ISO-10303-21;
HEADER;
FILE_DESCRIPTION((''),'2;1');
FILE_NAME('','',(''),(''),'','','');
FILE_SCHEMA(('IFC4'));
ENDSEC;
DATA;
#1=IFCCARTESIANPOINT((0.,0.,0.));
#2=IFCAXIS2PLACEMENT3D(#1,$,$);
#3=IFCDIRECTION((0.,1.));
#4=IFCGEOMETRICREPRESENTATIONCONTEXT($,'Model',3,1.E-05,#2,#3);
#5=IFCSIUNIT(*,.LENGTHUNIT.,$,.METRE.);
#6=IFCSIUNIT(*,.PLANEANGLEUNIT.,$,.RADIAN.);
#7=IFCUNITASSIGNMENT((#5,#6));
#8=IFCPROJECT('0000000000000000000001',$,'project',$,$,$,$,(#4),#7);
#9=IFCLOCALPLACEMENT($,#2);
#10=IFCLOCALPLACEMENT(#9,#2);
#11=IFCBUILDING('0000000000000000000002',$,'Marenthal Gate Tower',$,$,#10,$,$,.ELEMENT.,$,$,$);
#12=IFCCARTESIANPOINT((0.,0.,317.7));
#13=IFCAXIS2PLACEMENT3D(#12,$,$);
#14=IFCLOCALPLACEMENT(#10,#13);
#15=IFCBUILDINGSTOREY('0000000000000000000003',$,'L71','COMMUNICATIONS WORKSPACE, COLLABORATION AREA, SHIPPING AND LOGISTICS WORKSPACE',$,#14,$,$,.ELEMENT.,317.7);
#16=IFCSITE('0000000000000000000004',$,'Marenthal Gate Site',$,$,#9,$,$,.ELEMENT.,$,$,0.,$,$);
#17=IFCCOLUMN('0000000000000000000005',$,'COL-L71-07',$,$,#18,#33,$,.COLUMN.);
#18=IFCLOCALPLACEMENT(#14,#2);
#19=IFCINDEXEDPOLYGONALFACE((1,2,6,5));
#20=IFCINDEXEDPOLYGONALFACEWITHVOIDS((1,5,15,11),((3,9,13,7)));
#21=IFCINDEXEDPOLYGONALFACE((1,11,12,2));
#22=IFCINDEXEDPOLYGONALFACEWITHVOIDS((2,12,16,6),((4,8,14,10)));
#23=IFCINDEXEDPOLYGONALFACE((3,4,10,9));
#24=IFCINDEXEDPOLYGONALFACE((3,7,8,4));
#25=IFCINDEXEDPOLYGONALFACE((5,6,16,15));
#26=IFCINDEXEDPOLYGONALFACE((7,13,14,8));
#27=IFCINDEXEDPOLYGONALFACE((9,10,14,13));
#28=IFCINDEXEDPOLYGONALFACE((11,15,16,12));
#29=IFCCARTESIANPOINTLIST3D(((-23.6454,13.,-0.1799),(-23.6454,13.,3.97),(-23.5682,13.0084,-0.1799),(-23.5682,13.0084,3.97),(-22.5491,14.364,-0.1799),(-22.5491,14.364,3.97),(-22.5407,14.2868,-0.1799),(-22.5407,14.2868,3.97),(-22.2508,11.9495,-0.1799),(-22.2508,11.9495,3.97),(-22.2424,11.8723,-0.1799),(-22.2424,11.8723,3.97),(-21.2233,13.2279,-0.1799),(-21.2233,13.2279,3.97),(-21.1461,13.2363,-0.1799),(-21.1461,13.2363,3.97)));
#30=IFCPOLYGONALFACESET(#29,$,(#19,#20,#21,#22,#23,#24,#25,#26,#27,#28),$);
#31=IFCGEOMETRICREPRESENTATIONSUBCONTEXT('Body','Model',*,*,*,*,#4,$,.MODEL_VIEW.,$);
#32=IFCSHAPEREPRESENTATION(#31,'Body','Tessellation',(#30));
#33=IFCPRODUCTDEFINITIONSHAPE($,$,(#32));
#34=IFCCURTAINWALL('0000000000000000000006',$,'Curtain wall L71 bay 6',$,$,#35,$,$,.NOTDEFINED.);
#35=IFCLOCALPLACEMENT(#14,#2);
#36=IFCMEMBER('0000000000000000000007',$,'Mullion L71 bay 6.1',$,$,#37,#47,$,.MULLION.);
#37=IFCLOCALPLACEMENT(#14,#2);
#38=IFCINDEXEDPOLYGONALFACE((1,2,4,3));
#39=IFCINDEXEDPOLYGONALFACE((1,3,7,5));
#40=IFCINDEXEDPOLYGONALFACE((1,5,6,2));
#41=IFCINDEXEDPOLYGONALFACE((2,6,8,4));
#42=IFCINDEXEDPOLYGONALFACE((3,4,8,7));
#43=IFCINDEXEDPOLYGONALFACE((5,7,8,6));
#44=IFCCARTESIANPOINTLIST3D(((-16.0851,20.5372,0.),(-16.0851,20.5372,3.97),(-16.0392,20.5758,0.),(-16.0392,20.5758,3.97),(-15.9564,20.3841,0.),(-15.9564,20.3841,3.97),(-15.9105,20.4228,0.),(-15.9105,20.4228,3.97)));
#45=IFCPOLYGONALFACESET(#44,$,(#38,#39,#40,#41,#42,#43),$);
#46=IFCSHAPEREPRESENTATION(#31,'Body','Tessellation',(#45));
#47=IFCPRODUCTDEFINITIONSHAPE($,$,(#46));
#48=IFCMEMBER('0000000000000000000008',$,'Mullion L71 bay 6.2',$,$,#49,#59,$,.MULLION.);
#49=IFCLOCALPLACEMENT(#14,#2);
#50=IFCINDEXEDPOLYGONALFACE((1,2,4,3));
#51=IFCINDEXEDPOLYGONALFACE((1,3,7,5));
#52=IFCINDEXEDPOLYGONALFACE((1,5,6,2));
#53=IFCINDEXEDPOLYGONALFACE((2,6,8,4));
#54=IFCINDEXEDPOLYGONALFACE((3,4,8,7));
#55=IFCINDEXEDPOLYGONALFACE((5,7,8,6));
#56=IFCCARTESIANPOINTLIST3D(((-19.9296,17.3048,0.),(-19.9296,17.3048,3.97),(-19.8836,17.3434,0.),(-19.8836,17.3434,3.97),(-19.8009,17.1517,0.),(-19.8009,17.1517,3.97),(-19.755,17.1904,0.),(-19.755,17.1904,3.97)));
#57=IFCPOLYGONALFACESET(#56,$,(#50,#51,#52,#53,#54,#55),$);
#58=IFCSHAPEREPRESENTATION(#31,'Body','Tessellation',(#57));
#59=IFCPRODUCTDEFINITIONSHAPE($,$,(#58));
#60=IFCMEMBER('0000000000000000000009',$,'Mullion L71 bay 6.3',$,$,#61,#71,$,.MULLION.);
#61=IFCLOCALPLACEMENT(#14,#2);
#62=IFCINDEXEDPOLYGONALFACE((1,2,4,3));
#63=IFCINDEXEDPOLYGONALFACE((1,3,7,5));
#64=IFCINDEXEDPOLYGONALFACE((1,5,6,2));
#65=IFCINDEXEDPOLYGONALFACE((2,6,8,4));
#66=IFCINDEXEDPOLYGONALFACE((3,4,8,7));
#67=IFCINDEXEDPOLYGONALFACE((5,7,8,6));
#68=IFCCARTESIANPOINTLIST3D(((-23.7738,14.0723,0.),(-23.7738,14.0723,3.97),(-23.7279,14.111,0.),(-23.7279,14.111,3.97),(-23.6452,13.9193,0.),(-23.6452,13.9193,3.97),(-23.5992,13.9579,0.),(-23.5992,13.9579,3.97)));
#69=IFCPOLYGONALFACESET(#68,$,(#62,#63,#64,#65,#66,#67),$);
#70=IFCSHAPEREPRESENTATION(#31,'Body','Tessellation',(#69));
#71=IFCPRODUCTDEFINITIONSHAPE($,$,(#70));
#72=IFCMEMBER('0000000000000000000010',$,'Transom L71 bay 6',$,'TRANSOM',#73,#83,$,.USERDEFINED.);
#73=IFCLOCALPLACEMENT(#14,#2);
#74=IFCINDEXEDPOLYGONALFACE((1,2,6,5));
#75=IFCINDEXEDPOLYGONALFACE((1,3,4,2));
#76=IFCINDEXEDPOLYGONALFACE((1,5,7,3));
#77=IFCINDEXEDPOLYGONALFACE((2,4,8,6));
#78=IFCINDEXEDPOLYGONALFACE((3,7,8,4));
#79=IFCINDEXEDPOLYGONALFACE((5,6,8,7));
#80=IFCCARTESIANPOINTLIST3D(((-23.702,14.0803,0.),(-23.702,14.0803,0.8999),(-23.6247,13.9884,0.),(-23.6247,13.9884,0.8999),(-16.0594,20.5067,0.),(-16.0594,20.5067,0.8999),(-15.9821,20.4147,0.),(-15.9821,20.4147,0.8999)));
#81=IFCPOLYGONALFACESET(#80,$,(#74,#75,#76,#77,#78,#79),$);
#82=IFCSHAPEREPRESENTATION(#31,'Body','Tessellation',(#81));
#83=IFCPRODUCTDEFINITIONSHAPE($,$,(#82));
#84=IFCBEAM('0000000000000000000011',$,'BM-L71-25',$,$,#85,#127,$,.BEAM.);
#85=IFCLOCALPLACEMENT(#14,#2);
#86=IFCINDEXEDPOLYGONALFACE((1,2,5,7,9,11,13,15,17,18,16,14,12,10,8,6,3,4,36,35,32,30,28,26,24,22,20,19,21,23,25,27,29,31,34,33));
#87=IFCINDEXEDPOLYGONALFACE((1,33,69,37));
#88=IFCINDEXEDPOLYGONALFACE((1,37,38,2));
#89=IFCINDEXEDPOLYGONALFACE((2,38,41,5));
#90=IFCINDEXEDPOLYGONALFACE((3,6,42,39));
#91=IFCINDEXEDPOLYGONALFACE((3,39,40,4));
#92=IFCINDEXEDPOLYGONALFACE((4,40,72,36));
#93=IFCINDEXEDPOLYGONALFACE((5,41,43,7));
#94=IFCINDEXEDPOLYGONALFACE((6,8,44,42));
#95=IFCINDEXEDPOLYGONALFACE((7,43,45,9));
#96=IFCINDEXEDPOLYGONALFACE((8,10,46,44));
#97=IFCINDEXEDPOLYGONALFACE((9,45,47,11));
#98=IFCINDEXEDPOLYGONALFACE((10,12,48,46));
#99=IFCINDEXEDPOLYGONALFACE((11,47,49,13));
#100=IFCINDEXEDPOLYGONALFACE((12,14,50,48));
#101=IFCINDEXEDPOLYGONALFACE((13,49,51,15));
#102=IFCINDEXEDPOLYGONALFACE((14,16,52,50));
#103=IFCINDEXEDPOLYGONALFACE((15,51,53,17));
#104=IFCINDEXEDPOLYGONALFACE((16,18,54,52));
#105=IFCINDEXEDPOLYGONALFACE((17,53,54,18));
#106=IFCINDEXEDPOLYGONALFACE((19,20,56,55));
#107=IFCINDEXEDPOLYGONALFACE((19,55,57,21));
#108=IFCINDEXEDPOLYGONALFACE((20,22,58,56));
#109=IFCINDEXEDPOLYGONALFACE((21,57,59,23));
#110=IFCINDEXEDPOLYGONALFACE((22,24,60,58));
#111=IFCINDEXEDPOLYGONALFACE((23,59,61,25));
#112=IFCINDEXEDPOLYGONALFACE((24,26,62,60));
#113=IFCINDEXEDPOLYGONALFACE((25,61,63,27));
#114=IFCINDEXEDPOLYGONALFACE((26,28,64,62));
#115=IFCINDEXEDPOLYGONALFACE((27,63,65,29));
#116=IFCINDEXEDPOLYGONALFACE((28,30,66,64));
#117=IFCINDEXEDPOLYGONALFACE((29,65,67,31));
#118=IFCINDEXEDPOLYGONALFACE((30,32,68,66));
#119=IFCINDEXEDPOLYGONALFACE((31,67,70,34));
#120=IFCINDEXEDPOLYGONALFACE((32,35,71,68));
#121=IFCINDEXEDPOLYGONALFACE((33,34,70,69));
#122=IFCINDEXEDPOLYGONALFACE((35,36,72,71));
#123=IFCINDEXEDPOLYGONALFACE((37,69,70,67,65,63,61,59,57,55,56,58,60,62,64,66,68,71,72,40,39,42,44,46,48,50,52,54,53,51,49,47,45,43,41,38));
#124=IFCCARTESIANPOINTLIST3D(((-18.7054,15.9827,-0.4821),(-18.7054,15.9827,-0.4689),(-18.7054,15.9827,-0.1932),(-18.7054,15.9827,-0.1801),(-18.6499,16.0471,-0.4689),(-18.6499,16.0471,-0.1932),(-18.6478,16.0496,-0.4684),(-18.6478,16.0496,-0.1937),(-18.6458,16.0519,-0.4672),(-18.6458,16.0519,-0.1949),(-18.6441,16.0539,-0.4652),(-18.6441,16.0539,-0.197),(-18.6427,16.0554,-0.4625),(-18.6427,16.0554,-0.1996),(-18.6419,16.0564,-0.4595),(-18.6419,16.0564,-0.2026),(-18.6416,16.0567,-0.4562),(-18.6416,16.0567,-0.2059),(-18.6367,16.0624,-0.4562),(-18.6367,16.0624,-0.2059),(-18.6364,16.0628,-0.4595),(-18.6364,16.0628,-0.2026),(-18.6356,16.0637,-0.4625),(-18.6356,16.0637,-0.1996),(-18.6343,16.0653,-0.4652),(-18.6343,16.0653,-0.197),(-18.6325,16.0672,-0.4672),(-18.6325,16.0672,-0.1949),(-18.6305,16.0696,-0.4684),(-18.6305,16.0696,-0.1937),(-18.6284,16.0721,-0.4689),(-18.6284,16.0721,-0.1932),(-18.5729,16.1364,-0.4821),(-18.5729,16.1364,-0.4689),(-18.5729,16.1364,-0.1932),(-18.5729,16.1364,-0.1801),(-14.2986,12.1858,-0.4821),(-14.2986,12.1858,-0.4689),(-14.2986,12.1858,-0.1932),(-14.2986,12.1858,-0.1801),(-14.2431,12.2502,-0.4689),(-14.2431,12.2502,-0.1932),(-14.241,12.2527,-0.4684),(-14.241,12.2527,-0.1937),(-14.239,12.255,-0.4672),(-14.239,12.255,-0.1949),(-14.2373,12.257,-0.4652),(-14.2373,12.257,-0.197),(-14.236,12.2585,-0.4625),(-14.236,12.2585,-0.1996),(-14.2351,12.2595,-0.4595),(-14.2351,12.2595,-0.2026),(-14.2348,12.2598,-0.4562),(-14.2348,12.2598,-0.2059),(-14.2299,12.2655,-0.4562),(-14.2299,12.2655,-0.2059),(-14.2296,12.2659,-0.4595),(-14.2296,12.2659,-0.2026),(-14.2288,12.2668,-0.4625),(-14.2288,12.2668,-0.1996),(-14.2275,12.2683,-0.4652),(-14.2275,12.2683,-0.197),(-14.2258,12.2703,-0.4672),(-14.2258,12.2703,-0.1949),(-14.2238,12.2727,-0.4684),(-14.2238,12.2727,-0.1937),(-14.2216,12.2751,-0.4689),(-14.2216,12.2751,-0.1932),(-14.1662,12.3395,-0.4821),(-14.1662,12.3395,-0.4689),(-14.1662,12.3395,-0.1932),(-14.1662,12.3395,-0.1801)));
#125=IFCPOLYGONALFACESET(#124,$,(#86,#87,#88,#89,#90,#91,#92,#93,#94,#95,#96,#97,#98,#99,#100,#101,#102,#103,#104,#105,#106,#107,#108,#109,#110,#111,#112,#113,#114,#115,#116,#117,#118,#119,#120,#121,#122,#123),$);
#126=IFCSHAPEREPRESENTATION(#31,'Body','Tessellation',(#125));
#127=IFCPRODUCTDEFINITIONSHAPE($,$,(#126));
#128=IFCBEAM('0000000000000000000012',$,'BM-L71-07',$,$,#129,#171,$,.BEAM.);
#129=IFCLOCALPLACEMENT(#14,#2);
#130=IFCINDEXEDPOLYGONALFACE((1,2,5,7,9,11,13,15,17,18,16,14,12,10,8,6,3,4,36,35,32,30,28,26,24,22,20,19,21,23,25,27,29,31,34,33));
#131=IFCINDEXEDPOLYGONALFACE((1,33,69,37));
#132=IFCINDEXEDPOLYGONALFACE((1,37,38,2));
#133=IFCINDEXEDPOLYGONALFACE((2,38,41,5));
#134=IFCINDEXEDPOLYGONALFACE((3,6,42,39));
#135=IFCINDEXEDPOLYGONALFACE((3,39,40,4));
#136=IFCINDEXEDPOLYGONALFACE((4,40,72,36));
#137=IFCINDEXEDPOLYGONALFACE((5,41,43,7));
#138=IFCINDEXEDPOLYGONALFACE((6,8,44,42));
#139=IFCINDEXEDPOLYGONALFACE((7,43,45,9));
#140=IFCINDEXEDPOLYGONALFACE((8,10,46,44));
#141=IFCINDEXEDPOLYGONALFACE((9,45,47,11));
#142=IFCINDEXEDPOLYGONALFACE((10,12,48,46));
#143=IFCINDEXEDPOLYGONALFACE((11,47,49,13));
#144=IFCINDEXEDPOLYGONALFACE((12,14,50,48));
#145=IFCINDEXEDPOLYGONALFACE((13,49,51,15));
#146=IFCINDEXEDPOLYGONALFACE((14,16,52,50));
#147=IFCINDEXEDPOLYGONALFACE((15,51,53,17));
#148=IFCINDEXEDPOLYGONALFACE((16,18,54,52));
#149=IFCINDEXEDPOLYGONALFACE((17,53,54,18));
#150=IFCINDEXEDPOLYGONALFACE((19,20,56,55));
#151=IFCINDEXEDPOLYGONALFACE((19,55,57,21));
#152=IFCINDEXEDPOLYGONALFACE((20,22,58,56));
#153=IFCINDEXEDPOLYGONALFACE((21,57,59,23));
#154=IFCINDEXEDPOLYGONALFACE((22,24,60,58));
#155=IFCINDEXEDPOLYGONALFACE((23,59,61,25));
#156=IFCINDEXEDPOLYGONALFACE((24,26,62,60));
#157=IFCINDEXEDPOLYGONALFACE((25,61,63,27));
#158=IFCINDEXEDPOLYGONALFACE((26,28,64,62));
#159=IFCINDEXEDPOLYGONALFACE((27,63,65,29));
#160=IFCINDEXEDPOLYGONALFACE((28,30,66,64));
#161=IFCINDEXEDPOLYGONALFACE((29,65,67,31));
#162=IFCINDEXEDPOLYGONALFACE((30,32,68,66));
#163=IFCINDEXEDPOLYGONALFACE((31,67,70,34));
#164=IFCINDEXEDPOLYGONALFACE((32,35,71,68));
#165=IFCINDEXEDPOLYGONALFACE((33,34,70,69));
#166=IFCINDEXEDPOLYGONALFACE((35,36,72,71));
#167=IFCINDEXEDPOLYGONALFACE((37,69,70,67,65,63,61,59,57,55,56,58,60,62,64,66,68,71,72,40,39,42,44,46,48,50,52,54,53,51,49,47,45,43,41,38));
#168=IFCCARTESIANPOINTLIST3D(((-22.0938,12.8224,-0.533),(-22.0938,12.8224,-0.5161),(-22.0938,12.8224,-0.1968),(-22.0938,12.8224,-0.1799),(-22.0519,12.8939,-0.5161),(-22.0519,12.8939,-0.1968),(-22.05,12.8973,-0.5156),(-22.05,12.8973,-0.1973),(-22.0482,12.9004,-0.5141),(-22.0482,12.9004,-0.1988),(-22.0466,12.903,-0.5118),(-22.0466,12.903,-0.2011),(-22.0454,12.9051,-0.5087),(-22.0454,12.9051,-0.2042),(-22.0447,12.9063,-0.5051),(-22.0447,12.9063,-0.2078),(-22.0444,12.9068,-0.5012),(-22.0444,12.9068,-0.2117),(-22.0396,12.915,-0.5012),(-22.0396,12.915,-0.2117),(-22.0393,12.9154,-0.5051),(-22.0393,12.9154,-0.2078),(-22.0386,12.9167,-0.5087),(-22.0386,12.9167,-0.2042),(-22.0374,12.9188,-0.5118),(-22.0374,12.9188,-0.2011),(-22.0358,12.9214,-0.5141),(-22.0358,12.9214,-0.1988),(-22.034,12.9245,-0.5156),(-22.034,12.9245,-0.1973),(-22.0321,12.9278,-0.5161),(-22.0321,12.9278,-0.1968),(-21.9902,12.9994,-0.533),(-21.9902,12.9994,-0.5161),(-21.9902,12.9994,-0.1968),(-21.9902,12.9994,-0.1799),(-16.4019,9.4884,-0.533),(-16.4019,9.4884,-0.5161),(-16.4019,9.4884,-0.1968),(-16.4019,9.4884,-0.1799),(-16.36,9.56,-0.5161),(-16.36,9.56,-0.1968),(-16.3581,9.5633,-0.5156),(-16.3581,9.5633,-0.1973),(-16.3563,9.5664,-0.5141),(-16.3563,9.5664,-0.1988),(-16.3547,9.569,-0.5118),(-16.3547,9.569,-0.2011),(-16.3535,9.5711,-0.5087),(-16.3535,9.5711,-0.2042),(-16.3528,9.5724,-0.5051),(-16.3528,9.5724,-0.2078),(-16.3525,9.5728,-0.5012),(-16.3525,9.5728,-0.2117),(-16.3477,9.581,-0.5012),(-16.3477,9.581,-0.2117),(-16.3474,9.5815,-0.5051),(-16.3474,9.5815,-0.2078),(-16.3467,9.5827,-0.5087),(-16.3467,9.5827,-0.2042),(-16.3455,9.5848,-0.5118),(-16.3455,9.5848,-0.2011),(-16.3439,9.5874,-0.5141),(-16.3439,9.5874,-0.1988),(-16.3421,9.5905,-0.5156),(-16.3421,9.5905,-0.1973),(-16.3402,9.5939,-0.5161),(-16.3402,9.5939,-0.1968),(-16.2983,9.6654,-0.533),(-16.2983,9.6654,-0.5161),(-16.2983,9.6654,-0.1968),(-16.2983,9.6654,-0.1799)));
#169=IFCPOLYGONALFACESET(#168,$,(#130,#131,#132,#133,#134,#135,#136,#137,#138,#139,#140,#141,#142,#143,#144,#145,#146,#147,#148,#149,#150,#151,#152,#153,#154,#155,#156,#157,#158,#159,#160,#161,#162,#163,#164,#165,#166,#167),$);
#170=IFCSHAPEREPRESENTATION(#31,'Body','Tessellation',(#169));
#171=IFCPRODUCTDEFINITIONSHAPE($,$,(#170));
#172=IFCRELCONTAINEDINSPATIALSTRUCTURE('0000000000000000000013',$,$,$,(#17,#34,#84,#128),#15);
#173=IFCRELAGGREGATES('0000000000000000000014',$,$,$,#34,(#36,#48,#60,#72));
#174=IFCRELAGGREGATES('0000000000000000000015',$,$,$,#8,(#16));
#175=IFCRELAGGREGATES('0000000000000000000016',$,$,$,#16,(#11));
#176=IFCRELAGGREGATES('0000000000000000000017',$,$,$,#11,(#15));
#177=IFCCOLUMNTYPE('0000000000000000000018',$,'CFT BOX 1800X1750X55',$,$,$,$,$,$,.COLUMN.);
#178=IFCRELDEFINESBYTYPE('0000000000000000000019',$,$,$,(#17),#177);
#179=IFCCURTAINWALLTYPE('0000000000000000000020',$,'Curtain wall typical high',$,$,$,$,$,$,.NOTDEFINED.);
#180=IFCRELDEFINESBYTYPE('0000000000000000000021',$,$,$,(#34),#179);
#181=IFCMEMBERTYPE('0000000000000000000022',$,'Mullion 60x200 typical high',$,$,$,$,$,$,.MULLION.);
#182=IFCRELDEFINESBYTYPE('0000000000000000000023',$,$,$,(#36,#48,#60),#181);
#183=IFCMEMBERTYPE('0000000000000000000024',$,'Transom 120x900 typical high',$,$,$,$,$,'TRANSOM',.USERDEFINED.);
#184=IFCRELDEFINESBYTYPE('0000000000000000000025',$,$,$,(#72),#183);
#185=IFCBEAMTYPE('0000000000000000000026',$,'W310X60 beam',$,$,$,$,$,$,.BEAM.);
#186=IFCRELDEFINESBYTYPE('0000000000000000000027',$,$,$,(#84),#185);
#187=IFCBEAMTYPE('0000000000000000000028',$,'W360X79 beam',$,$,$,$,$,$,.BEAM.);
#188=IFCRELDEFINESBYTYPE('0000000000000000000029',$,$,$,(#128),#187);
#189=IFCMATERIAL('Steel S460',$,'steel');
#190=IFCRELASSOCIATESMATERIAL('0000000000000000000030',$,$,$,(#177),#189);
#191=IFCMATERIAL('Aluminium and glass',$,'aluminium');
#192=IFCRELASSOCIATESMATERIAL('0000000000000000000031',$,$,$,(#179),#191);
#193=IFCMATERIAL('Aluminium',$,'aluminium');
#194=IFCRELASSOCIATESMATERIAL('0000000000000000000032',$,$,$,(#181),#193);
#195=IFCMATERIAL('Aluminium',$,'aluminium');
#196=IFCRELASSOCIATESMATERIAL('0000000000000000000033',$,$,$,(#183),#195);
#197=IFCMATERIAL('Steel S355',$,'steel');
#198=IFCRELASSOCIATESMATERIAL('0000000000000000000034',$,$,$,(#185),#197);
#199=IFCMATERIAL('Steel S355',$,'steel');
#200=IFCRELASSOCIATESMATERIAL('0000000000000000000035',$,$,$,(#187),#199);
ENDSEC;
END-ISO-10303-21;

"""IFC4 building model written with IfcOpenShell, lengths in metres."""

from ifc_helpers import new_model, si_unit, direction, frame, origin, origin_2d, place, context, subcontext, project, spatial, rectangle, hollow_rectangle, i_section, extrude, material, material_profile, profile_set, type_object, element, aggregate, save


model = new_model("IFC4")

# Units and contexts
model_context = context("Model", 3, precision=1e-05, world=origin(), true_north=direction((0.0, 1.0)))
body_context = subcontext(model_context, "Body", "Model", "MODEL_VIEW")
ifc_project = project(units=[si_unit("LENGTHUNIT", "METRE"), si_unit("PLANEANGLEUNIT", "RADIAN")], contexts=[model_context])

# Site, building, storey
site_placement = place(None, origin())
site = spatial("IfcSite", under=ifc_project, at=site_placement, Name="Marenthal Gate Site", CompositionType="ELEMENT", RefElevation=0.0)
building_placement = place(site_placement, origin())
building = spatial("IfcBuilding", under=site, at=building_placement, Name="Marenthal Gate Tower", CompositionType="ELEMENT")
storey_placement = place(building_placement, frame((0.0, 0.0, 317.7)))
storey = spatial("IfcBuildingStorey", under=building, at=storey_placement, Name="L71", Description="COMMUNICATIONS WORKSPACE, COLLABORATION AREA, SHIPPING AND LOGISTICS WORKSPACE", CompositionType="ELEMENT", Elevation=317.7)

# Column
ifc_material_1 = material(Name="Steel S460", Category="steel")
ifc_material_profile_1 = material_profile(ifc_material_1, hollow_rectangle(XDim=1.75, YDim=1.8, WallThickness=0.0549, at=origin_2d()), Name="CFT BOX 1800X1750X55")
ifc_material_2 = material(Name="Concrete 70 MPa", Category="concrete")
ifc_material_profile_2 = material_profile(ifc_material_2, rectangle(XDim=1.6399, YDim=1.6899, at=origin_2d()), Name="CFT BOX 1800X1750X55 INFILL")
ifc_profile_set_1 = profile_set([ifc_material_profile_1, ifc_material_profile_2], Name="Steel S460 shell, Concrete 70 MPa infill")
column_type = type_object("IfcColumnType", Name="CFT BOX 1800X1750X55", PredefinedType="COLUMN", material=ifc_profile_set_1)
column_placement = place(storey_placement, frame((-22.3958, 13.1182, -0.1799), z_axis=(0.0, 0.0, 1.0), x_axis=(0.626475, 0.779442, 0.0)))
element("IfcColumn", 1, at=column_placement, inside=storey, type_object=column_type, Name="COL-L71-07", PredefinedType="COLUMN", context=body_context, shape_type="SweptSolid", body=[
    extrude(hollow_rectangle(XDim=1.75, YDim=1.8, WallThickness=0.0549, at=origin_2d()), origin(), (0.0, 0.0, 1.0), 4.1499),
])

# Curtain wall, members
ifc_material_3 = material(Name="Aluminium and glass", Category="aluminium")
curtain_wall_type = type_object("IfcCurtainWallType", Name="Curtain wall typical high", PredefinedType="NOTDEFINED", material=ifc_material_3)
curtain_wall_placement = place(storey_placement, origin())
curtain_wall = element("IfcCurtainWall", 2, at=curtain_wall_placement, inside=storey, type_object=curtain_wall_type, Name="Curtain wall L71 bay 6", PredefinedType="NOTDEFINED")
ifc_material_4 = material(Name="Aluminium", Category="aluminium")
ifc_material_profile_3 = material_profile(ifc_material_4, rectangle(XDim=0.2, YDim=0.0601, at=origin_2d()), Name="60x200 aluminium mullion")
ifc_profile_set_2 = profile_set([ifc_material_profile_3], Name="Aluminium")
member_type_1 = type_object("IfcMemberType", Name="Mullion 60x200 typical high", PredefinedType="MULLION", material=ifc_profile_set_2)
member_1_placement = place(storey_placement, frame((-15.9978, 20.48, 0.0), z_axis=(0.0, 0.0, 1.0), x_axis=(0.64357, -0.765387, 0.0)))
member_1 = element("IfcMember", 3, at=member_1_placement, type_object=member_type_1, Name="Mullion L71 bay 6.1", PredefinedType="MULLION", context=body_context, shape_type="SweptSolid", body=[
    extrude(rectangle(XDim=0.2, YDim=0.0601, at=origin_2d()), origin(), (0.0, 0.0, 1.0), 3.97),
])
member_2_placement = place(storey_placement, frame((-19.8423, 17.2476, 0.0), z_axis=(0.0, 0.0, 1.0), x_axis=(0.64357, -0.765387, 0.0)))
member_2 = element("IfcMember", 4, at=member_2_placement, type_object=member_type_1, Name="Mullion L71 bay 6.2", PredefinedType="MULLION", context=body_context, shape_type="SweptSolid", body=[
    extrude(rectangle(XDim=0.2, YDim=0.0601, at=origin_2d()), origin(), (0.0, 0.0, 1.0), 3.97),
])
member_3_placement = place(storey_placement, frame((-23.6865, 14.0151, 0.0), z_axis=(0.0, 0.0, 1.0), x_axis=(0.64357, -0.765387, 0.0)))
member_3 = element("IfcMember", 5, at=member_3_placement, type_object=member_type_1, Name="Mullion L71 bay 6.3", PredefinedType="MULLION", context=body_context, shape_type="SweptSolid", body=[
    extrude(rectangle(XDim=0.2, YDim=0.0601, at=origin_2d()), origin(), (0.0, 0.0, 1.0), 3.97),
])
ifc_material_5 = material(Name="Aluminium", Category="aluminium")
ifc_material_profile_4 = material_profile(ifc_material_5, rectangle(XDim=0.1201, YDim=0.8999, at=origin_2d()), Name="120x900 aluminium transom")
ifc_profile_set_3 = profile_set([ifc_material_profile_4], Name="Aluminium")
member_type_2 = type_object("IfcMemberType", Name="Transom 120x900 typical high", ElementType="TRANSOM", PredefinedType="USERDEFINED", material=ifc_profile_set_3)
member_4_placement = place(storey_placement, frame((-16.0208, 20.4607, 0.45), z_axis=(-0.765384, -0.643574, 0.0), x_axis=(0.643574, -0.765384, 0.0)))
member_4 = element("IfcMember", 6, at=member_4_placement, type_object=member_type_2, Name="Transom L71 bay 6", ObjectType="TRANSOM", PredefinedType="USERDEFINED", context=body_context, shape_type="SweptSolid", body=[
    extrude(rectangle(XDim=0.1201, YDim=0.8999, at=origin_2d()), origin(), (0.0, 0.0, 1.0), 9.9854),
])

# Beams
ifc_material_6 = material(Name="Steel S355", Category="steel")
ifc_material_profile_5 = material_profile(ifc_material_6, i_section(OverallWidth=0.2029, OverallDepth=0.302, WebThickness=0.0076, FlangeThickness=0.0132, FilletRadius=0.0127, at=origin_2d()), Name="W310X60")
ifc_profile_set_4 = profile_set([ifc_material_profile_5], Name="Steel S355")
beam_type_1 = type_object("IfcBeamType", Name="W310X60 beam", PredefinedType="BEAM", material=ifc_profile_set_4)
beam_1_placement = place(storey_placement, frame((-18.6392, 16.0596, -0.3311), z_axis=(0.757583, -0.652739, 0.0), x_axis=(0.652739, 0.757583, 0.0)))
element("IfcBeam", 7, at=beam_1_placement, inside=storey, type_object=beam_type_1, Name="BM-L71-25", PredefinedType="BEAM", context=body_context, shape_type="SweptSolid", body=[
    extrude(i_section(OverallWidth=0.2029, OverallDepth=0.302, WebThickness=0.0076, FlangeThickness=0.0132, FilletRadius=0.0127, at=origin_2d()), origin(), (0.0, 0.0, 1.0), 5.8169),
])
ifc_material_7 = material(Name="Steel S355", Category="steel")
ifc_material_profile_6 = material_profile(ifc_material_7, i_section(OverallWidth=0.2051, OverallDepth=0.353, WebThickness=0.0095, FlangeThickness=0.0168, FilletRadius=0.0149, at=origin_2d()), Name="W360X79")
ifc_profile_set_5 = profile_set([ifc_material_profile_6], Name="Steel S355")
beam_type_2 = type_object("IfcBeamType", Name="W360X79 beam", PredefinedType="BEAM", material=ifc_profile_set_5)
beam_2_placement = place(storey_placement, frame((-22.042, 12.9109, -0.3564), z_axis=(0.862873, -0.505421, 0.0), x_axis=(0.505421, 0.862873, 0.0)))
element("IfcBeam", 8, at=beam_2_placement, inside=storey, type_object=beam_type_2, Name="BM-L71-07", PredefinedType="BEAM", context=body_context, shape_type="SweptSolid", body=[
    extrude(i_section(OverallWidth=0.2051, OverallDepth=0.353, WebThickness=0.0095, FlangeThickness=0.0168, FilletRadius=0.0149, at=origin_2d()), origin(), (0.0, 0.0, 1.0), 6.5964),
])

aggregate(curtain_wall, [member_1, member_2, member_3, member_4])

save(model, "model.ifc")
